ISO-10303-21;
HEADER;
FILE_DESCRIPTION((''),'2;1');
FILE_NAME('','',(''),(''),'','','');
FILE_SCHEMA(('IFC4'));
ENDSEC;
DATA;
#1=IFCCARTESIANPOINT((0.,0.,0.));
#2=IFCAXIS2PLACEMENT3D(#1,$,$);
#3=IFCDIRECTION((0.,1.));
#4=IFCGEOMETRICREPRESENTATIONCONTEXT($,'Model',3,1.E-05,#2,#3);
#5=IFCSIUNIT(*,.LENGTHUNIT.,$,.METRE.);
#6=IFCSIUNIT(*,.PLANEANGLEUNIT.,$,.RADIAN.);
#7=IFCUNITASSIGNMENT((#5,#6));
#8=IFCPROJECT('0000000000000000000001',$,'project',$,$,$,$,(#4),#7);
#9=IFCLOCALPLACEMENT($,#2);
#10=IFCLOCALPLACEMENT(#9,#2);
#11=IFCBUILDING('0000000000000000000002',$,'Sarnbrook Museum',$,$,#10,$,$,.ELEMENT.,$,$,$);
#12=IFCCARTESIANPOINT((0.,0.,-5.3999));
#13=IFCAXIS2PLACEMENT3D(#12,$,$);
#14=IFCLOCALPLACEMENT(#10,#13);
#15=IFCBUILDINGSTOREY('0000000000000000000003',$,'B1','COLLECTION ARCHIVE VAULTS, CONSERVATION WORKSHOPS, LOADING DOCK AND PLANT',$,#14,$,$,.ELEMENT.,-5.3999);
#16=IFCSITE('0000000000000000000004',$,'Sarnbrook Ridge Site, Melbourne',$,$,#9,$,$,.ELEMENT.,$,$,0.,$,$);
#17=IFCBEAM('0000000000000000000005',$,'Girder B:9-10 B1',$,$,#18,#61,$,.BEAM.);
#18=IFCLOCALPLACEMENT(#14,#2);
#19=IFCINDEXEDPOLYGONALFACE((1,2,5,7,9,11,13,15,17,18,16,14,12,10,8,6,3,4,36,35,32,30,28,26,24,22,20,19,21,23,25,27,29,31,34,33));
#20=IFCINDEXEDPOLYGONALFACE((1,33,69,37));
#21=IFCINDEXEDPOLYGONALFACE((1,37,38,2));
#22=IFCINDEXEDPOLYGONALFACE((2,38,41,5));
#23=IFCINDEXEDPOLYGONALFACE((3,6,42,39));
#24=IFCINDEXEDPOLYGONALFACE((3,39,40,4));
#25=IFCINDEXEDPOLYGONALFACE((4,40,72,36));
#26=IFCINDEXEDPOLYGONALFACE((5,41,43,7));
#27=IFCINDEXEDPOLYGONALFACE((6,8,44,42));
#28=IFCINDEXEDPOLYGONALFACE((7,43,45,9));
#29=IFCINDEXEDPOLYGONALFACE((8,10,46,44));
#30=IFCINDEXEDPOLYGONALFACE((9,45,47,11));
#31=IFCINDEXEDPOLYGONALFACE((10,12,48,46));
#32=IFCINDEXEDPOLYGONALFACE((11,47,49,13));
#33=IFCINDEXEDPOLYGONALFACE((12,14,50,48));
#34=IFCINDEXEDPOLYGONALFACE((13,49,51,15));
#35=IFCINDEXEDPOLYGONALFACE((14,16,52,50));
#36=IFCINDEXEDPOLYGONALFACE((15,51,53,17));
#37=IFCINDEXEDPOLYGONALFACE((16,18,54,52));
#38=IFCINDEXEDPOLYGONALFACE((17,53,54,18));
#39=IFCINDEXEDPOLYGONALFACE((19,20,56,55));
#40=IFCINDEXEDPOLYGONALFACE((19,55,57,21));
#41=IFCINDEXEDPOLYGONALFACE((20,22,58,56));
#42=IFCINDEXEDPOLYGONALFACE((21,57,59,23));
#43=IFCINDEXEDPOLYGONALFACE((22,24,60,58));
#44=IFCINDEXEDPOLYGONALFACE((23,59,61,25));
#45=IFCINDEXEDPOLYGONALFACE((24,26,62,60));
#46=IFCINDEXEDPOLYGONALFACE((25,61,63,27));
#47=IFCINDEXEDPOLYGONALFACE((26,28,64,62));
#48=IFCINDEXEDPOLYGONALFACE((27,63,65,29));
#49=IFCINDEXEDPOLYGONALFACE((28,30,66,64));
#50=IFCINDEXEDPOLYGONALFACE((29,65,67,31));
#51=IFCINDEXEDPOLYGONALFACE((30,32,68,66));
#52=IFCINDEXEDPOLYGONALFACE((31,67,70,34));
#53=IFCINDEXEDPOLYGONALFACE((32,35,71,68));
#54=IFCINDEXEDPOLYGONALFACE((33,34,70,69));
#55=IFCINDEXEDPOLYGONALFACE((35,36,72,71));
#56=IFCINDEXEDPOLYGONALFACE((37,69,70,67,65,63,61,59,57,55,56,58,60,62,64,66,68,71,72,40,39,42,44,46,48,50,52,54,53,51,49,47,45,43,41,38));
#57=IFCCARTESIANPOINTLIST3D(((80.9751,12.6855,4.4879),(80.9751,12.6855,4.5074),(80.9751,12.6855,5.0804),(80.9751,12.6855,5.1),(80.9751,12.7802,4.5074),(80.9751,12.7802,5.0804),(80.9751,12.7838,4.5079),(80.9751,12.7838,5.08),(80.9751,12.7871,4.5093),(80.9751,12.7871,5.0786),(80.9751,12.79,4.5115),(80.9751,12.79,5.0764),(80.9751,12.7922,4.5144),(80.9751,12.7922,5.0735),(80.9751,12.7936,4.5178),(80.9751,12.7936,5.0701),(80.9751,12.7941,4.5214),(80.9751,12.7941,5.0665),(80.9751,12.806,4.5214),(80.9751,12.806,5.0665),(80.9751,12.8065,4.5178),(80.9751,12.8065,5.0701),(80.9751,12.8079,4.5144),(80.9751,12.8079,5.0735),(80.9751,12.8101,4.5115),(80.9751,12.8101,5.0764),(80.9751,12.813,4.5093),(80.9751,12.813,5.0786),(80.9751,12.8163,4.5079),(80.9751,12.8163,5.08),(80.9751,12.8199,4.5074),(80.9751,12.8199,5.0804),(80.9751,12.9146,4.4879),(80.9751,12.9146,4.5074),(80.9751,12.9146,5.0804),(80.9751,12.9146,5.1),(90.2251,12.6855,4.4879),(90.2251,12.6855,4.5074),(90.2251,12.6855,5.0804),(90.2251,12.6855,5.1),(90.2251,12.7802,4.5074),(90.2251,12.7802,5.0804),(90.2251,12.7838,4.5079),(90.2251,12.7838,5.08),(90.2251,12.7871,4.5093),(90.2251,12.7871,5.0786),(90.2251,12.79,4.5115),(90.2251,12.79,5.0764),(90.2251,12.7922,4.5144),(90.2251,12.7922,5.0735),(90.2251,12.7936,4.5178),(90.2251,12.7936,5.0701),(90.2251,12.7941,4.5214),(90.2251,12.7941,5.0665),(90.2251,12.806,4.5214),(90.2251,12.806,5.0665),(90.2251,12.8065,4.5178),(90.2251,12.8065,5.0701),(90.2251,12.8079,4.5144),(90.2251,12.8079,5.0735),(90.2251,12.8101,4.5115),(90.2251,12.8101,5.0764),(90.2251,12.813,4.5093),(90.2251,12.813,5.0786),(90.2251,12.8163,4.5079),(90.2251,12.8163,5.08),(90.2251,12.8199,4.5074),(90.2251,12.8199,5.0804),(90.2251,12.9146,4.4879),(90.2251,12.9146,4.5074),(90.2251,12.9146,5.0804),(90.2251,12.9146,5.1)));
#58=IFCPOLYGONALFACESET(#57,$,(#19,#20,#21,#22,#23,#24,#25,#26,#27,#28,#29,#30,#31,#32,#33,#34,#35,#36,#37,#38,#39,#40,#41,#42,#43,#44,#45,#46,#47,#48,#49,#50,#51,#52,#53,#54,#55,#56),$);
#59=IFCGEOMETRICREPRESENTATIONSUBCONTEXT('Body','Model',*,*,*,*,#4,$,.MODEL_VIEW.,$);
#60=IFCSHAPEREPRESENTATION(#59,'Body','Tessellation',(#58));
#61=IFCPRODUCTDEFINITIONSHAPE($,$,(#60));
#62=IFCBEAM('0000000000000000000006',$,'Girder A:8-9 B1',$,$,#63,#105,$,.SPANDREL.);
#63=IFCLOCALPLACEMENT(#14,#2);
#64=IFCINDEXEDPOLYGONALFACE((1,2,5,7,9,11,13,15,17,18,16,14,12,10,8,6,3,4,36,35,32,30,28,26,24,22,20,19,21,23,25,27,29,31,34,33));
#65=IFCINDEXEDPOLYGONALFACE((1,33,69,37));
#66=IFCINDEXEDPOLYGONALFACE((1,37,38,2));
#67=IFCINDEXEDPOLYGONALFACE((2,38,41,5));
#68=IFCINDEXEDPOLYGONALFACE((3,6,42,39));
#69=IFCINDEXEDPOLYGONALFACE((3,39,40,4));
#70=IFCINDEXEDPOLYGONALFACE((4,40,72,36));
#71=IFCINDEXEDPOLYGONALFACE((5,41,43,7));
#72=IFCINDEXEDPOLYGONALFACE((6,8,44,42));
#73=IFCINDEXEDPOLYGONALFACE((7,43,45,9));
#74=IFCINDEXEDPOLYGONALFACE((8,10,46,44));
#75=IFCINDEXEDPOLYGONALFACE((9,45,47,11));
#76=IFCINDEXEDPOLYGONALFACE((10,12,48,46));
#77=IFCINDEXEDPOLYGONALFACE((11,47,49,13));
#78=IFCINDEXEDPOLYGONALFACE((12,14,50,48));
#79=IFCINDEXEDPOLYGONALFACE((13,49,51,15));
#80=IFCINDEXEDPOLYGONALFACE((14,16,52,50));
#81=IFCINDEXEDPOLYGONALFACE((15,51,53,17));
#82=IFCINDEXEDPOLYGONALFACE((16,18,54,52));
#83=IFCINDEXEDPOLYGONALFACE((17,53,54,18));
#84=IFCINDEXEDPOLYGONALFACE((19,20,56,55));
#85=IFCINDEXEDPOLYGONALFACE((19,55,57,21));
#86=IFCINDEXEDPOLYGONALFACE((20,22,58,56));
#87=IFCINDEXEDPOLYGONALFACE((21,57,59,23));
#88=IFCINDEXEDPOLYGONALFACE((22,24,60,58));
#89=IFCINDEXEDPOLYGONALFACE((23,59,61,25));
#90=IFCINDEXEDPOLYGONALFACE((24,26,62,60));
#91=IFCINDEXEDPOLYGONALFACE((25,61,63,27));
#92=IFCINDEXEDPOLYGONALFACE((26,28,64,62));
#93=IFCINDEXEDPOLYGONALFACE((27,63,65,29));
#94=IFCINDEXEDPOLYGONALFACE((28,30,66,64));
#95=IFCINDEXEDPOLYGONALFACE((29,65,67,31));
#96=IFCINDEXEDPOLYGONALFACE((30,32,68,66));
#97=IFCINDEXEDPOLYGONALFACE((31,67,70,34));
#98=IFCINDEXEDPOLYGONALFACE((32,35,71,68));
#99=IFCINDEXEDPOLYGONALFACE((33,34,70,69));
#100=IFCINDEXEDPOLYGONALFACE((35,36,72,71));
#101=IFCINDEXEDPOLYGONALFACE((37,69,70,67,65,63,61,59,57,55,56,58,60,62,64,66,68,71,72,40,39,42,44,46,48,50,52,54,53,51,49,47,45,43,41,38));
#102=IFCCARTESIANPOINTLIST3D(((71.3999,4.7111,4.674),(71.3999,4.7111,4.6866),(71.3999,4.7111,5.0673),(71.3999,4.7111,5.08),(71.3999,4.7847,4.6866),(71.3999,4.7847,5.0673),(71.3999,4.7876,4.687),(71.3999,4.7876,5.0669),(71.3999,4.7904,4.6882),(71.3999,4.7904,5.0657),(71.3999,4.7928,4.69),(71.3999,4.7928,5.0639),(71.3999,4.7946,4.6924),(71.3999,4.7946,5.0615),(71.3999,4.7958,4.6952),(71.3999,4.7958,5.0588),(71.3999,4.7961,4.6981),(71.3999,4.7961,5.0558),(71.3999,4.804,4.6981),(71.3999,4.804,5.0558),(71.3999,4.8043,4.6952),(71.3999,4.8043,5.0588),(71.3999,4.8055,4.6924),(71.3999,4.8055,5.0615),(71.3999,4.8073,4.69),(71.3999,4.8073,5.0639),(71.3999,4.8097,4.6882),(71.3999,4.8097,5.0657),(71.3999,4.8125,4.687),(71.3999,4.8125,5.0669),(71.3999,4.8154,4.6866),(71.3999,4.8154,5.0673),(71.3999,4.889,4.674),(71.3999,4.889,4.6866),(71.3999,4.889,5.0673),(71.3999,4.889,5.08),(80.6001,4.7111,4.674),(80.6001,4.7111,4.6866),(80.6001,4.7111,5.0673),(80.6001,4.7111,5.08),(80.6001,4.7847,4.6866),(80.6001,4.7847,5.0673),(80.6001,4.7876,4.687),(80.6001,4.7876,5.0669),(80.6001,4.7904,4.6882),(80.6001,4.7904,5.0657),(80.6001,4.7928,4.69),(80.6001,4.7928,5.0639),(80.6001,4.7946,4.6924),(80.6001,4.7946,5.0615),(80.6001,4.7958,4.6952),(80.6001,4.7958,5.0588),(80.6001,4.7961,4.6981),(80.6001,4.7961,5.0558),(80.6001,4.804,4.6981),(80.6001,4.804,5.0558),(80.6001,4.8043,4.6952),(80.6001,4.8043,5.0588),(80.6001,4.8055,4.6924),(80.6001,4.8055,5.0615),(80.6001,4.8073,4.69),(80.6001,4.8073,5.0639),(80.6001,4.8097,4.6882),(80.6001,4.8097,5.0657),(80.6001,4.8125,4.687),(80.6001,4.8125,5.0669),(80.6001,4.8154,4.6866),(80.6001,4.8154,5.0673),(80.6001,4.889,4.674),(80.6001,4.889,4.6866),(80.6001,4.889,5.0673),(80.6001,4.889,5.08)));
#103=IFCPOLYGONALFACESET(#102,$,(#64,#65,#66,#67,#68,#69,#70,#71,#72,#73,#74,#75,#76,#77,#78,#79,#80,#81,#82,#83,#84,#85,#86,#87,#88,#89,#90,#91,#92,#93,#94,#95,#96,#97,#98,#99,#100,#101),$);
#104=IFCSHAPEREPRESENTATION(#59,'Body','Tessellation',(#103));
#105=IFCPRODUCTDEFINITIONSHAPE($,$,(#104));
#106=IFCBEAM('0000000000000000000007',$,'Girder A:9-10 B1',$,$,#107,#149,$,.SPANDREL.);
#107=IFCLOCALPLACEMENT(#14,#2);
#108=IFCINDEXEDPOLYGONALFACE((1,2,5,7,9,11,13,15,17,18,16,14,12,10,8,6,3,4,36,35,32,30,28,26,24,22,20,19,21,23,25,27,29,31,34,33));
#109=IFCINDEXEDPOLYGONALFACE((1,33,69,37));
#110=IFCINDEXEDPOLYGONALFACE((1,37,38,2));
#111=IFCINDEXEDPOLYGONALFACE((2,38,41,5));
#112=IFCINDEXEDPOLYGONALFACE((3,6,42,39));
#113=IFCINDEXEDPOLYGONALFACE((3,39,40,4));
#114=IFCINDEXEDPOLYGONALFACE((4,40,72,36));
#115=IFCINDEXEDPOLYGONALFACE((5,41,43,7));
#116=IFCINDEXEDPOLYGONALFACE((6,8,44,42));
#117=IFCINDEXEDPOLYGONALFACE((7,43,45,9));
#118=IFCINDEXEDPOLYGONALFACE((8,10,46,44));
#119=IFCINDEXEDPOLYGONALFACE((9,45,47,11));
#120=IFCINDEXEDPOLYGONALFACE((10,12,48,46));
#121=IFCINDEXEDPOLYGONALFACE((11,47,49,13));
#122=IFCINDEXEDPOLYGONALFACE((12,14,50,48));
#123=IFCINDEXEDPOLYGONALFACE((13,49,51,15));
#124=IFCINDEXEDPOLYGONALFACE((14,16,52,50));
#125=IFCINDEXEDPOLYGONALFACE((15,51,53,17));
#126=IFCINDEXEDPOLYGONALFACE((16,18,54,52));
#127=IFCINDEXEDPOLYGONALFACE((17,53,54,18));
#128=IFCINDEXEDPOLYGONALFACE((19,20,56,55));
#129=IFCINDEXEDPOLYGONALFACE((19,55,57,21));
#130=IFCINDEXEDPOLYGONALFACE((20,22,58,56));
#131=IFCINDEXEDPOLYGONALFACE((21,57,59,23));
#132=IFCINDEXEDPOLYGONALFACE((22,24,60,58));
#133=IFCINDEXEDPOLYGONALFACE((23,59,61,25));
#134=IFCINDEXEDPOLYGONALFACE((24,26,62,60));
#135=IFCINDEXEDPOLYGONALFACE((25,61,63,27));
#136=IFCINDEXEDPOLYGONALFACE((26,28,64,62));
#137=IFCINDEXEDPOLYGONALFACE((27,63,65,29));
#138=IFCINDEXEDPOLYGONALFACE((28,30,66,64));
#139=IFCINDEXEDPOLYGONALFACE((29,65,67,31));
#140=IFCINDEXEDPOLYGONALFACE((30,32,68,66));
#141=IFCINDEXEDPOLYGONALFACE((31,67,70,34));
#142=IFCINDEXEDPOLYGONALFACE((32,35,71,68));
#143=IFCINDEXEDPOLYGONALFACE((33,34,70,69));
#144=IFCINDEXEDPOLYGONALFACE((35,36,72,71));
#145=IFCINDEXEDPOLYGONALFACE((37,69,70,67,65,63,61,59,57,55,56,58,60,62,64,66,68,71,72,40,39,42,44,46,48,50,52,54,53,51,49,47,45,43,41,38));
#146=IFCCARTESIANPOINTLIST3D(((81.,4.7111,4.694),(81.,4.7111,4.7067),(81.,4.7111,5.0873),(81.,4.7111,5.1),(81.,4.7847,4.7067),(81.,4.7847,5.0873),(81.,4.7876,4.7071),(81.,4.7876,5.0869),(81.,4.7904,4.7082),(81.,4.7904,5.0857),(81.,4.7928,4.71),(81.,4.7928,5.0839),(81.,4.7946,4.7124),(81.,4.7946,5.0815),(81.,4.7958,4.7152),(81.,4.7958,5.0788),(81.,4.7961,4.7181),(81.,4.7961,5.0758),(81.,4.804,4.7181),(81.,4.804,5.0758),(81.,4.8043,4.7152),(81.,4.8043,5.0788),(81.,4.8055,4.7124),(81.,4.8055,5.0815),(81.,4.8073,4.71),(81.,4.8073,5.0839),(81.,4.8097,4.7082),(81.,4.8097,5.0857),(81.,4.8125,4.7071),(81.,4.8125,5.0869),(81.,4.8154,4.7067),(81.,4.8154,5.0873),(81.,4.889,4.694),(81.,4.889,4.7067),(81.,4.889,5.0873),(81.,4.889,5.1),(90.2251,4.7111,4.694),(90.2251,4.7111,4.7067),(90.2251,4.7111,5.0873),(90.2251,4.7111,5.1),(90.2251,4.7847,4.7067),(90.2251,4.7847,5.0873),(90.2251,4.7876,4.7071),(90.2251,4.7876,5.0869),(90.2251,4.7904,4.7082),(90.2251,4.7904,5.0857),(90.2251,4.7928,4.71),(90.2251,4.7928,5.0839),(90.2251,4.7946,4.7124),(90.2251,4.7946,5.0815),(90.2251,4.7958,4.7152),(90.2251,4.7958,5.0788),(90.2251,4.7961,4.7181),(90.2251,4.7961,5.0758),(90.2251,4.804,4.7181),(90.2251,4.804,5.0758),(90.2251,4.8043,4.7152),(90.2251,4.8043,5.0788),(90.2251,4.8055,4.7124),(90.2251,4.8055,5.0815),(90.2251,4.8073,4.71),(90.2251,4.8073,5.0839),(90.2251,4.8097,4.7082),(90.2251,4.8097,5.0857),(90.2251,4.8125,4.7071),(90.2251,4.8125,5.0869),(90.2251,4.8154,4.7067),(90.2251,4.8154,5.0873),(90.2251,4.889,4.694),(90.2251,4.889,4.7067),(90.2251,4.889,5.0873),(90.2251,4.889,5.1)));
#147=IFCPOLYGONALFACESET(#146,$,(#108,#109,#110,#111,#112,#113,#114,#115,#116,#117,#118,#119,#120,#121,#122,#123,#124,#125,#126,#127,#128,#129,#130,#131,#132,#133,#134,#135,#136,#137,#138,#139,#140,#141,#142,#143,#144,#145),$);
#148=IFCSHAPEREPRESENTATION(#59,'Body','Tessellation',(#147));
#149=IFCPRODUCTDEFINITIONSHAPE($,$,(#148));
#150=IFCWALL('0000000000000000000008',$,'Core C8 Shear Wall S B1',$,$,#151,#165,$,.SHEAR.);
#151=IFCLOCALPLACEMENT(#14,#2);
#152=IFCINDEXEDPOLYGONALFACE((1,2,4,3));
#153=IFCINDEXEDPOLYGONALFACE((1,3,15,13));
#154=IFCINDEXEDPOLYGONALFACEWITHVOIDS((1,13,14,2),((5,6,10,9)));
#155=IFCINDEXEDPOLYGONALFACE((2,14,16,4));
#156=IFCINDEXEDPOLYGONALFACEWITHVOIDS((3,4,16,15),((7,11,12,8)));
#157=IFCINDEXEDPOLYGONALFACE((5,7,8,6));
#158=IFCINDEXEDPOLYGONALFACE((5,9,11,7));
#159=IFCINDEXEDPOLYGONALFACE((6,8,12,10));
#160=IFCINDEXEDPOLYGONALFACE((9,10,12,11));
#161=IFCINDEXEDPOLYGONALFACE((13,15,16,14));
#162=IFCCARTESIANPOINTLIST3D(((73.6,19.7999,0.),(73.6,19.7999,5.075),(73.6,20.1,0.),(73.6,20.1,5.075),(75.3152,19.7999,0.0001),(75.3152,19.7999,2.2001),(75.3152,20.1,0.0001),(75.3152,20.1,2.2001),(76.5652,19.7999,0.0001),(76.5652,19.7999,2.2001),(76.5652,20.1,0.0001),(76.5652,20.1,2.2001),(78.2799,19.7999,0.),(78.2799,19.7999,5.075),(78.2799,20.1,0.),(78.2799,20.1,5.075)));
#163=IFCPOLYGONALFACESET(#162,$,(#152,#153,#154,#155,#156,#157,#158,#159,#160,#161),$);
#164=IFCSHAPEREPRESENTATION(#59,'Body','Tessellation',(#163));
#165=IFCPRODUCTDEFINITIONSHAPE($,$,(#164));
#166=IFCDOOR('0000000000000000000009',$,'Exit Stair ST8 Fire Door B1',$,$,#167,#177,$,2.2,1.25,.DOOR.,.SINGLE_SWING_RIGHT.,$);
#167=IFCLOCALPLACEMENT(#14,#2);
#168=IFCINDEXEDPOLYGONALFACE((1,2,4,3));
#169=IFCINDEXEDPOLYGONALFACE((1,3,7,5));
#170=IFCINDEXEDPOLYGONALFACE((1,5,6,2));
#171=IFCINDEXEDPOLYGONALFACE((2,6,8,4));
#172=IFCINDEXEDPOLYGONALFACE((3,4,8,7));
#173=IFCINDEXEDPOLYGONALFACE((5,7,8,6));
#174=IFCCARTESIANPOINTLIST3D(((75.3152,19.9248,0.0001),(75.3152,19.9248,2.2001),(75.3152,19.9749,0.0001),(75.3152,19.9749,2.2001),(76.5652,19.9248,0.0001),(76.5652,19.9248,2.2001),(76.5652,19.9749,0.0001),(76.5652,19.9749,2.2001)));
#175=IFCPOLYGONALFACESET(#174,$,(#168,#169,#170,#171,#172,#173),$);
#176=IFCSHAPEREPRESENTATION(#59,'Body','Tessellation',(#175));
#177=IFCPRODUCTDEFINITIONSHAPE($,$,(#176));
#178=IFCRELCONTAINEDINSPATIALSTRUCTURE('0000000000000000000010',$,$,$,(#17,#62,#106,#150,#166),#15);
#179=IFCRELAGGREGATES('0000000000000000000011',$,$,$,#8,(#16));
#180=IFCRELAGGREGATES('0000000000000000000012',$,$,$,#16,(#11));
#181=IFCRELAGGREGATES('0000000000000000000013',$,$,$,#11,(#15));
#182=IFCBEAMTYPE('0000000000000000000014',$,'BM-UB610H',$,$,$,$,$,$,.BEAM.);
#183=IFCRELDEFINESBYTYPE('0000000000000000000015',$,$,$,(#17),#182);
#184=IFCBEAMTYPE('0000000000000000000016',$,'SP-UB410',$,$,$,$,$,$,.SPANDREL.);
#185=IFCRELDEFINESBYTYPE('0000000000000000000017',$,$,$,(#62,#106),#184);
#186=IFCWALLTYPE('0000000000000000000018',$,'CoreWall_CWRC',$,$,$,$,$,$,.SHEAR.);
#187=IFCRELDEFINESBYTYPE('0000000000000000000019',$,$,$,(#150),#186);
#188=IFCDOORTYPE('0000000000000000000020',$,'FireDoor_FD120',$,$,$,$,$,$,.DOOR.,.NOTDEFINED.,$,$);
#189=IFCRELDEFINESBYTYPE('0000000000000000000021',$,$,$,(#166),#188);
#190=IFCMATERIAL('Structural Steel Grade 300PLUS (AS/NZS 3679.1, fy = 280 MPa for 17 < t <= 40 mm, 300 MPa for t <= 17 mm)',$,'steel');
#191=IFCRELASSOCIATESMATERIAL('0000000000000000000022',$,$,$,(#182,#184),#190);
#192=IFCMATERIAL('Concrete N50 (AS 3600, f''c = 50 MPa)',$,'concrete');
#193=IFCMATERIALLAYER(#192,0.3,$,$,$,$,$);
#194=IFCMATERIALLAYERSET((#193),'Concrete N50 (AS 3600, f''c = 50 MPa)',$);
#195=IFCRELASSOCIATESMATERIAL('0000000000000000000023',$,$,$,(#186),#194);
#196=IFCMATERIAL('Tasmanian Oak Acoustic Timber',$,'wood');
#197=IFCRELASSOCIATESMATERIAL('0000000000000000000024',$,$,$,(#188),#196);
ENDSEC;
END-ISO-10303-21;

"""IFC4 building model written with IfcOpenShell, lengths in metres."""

from ifc_helpers import new_model, si_unit, direction, frame, frame_2d, origin, origin_2d, place, context, subcontext, project, spatial, rectangle, i_section, extrude, material, layer, layer_set, material_profile, profile_set, type_object, element, fill, save


model = new_model("IFC4")

# Units and contexts
model_context = context("Model", 3, precision=1e-05, world=origin(), true_north=direction((0.0, 1.0)))
body_context = subcontext(model_context, "Body", "Model", "MODEL_VIEW")
ifc_project = project(units=[si_unit("LENGTHUNIT", "METRE"), si_unit("PLANEANGLEUNIT", "RADIAN")], contexts=[model_context])

# Site, building, storey
site_placement = place(None, origin())
site = spatial("IfcSite", under=ifc_project, at=site_placement, Name="Sarnbrook Ridge Site, Melbourne", CompositionType="ELEMENT", RefElevation=0.0)
building_placement = place(site_placement, origin())
building = spatial("IfcBuilding", under=site, at=building_placement, Name="Sarnbrook Museum", CompositionType="ELEMENT")
storey_placement = place(building_placement, frame((0.0, 0.0, -5.3999)))
storey = spatial("IfcBuildingStorey", under=building, at=storey_placement, Name="B1", Description="COLLECTION ARCHIVE VAULTS, CONSERVATION WORKSHOPS, LOADING DOCK AND PLANT", CompositionType="ELEMENT", Elevation=-5.3999)

# Shared definitions
ifc_material_1 = material(Name="Concrete N50 (AS 3600, f'c = 50 MPa)", Category="concrete")

# Beams
ifc_material_2 = material(Name="Structural Steel Grade 300PLUS (AS/NZS 3679.1, fy = 280 MPa for 17 < t <= 40 mm, 300 MPa for t <= 17 mm)", Category="steel")
ifc_material_profile_1 = material_profile(ifc_material_2, i_section(OverallWidth=0.229, OverallDepth=0.6121, WebThickness=0.012, FlangeThickness=0.0195, FilletRadius=0.0139, at=origin_2d()), Name="610UB125")
ifc_profile_set_1 = profile_set([ifc_material_profile_1], Name="Structural Steel Grade 300PLUS (AS/NZS 3679.1, fy = 280 MPa for 17 < t <= 40 mm, 300 MPa for t <= 17 mm)")
beam_type_1 = type_object("IfcBeamType", Name="BM-UB610H", PredefinedType="BEAM", material=ifc_profile_set_1)
beam_1_placement = place(storey_placement, frame((80.9751, 12.8, 4.7939), z_axis=(1.0, 0.0, 0.0), x_axis=(0.0, 1.0, 0.0)))
element("IfcBeam", 1, at=beam_1_placement, inside=storey, type_object=beam_type_1, Name="Girder B:9-10 B1", PredefinedType="BEAM", context=body_context, shape_type="SweptSolid", body=[
    extrude(i_section(OverallWidth=0.229, OverallDepth=0.6121, WebThickness=0.012, FlangeThickness=0.0195, FilletRadius=0.0139, at=origin_2d()), origin(), (0.0, 0.0, 1.0), 9.25),
])
ifc_material_profile_2 = material_profile(ifc_material_2, i_section(OverallWidth=0.178, OverallDepth=0.406, WebThickness=0.0078, FlangeThickness=0.0127, FilletRadius=0.0115, at=origin_2d()), Name="410UB59.7")
ifc_profile_set_2 = profile_set([ifc_material_profile_2], Name="Structural Steel Grade 300PLUS (AS/NZS 3679.1, fy = 280 MPa for 17 < t <= 40 mm, 300 MPa for t <= 17 mm)")
beam_type_2 = type_object("IfcBeamType", Name="SP-UB410", PredefinedType="SPANDREL", material=ifc_profile_set_2)
beam_2_placement = place(storey_placement, frame((71.3999, 4.8, 4.877), z_axis=(1.0, 0.0, 0.0), x_axis=(0.0, 1.0, 0.0)))
element("IfcBeam", 2, at=beam_2_placement, inside=storey, type_object=beam_type_2, Name="Girder A:8-9 B1", PredefinedType="SPANDREL", context=body_context, shape_type="SweptSolid", body=[
    extrude(i_section(OverallWidth=0.178, OverallDepth=0.406, WebThickness=0.0078, FlangeThickness=0.0127, FilletRadius=0.0115, at=origin_2d()), origin(), (0.0, 0.0, 1.0), 9.2002),
])
beam_3_placement = place(storey_placement, frame((81.0, 4.8, 4.897), z_axis=(1.0, 0.0, 0.0), x_axis=(0.0, 1.0, 0.0)))
element("IfcBeam", 3, at=beam_3_placement, inside=storey, type_object=beam_type_2, Name="Girder A:9-10 B1", PredefinedType="SPANDREL", context=body_context, shape_type="SweptSolid", body=[
    extrude(i_section(OverallWidth=0.178, OverallDepth=0.406, WebThickness=0.0078, FlangeThickness=0.0127, FilletRadius=0.0115, at=origin_2d()), origin(), (0.0, 0.0, 1.0), 9.2251),
])

# Wall, opening, door
ifc_layer_1 = layer(ifc_material_1, 0.3)
ifc_layer_set_1 = layer_set([ifc_layer_1], Name="Concrete N50 (AS 3600, f'c = 50 MPa)")
wall_type_1 = type_object("IfcWallType", Name="CoreWall_CWRC", PredefinedType="SHEAR", material=ifc_layer_set_1)
wall_1_placement = place(storey_placement, frame((73.6001, 19.95, 0.0), z_axis=(0.0, 0.0, 1.0), x_axis=(1.0, 0.0, 0.0)))
wall_1 = element("IfcWall", 4, at=wall_1_placement, inside=storey, type_object=wall_type_1, Name="Core C8 Shear Wall S B1", PredefinedType="SHEAR", context=body_context, shape_type="SweptSolid", body=[
    extrude(rectangle(XDim=4.6799, YDim=0.3, at=frame_2d((2.3398, 0.0))), origin(), (0.0, 0.0, 1.0), 5.075),
])
opening_1_placement = place(wall_1_placement, frame((1.7151, 0.0, 0.0)))
opening_1 = element("IfcOpeningElement", 5, at=opening_1_placement, cuts=wall_1, PredefinedType="OPENING", context=body_context, shape_type="SweptSolid", body=[
    extrude(rectangle(XDim=1.25, YDim=2.2, at=frame_2d((0.625, 1.1001))), frame((0.0, 0.1602, 0.0), z_axis=(0.0, -1.0, 0.0), x_axis=(1.0, 0.0, 0.0)), (0.0, 0.0, 1.0), 0.3201),
])
ifc_material_3 = material(Name="Tasmanian Oak Acoustic Timber", Category="wood")
door_type_1 = type_object("IfcDoorType", Name="FireDoor_FD120", OperationType="NOTDEFINED", PredefinedType="DOOR", material=ifc_material_3)
door_1_placement = place(opening_1_placement, origin())
door_1 = element("IfcDoor", 6, at=door_1_placement, inside=storey, type_object=door_type_1, Name="Exit Stair ST8 Fire Door B1", OperationType="SINGLE_SWING_RIGHT", OverallHeight=2.2, OverallWidth=1.25, PredefinedType="DOOR", context=body_context, shape_type="SweptSolid", body=[
    extrude(rectangle(XDim=1.25, YDim=2.2, at=frame_2d((0.625, 1.1001))), frame((0.0, 0.0249, 0.0), z_axis=(0.0, -1.0, 0.0), x_axis=(1.0, 0.0, 0.0)), (0.0, 0.0, 1.0), 0.05),
])
fill(opening_1, door_1)

save(model, "model.ifc")
